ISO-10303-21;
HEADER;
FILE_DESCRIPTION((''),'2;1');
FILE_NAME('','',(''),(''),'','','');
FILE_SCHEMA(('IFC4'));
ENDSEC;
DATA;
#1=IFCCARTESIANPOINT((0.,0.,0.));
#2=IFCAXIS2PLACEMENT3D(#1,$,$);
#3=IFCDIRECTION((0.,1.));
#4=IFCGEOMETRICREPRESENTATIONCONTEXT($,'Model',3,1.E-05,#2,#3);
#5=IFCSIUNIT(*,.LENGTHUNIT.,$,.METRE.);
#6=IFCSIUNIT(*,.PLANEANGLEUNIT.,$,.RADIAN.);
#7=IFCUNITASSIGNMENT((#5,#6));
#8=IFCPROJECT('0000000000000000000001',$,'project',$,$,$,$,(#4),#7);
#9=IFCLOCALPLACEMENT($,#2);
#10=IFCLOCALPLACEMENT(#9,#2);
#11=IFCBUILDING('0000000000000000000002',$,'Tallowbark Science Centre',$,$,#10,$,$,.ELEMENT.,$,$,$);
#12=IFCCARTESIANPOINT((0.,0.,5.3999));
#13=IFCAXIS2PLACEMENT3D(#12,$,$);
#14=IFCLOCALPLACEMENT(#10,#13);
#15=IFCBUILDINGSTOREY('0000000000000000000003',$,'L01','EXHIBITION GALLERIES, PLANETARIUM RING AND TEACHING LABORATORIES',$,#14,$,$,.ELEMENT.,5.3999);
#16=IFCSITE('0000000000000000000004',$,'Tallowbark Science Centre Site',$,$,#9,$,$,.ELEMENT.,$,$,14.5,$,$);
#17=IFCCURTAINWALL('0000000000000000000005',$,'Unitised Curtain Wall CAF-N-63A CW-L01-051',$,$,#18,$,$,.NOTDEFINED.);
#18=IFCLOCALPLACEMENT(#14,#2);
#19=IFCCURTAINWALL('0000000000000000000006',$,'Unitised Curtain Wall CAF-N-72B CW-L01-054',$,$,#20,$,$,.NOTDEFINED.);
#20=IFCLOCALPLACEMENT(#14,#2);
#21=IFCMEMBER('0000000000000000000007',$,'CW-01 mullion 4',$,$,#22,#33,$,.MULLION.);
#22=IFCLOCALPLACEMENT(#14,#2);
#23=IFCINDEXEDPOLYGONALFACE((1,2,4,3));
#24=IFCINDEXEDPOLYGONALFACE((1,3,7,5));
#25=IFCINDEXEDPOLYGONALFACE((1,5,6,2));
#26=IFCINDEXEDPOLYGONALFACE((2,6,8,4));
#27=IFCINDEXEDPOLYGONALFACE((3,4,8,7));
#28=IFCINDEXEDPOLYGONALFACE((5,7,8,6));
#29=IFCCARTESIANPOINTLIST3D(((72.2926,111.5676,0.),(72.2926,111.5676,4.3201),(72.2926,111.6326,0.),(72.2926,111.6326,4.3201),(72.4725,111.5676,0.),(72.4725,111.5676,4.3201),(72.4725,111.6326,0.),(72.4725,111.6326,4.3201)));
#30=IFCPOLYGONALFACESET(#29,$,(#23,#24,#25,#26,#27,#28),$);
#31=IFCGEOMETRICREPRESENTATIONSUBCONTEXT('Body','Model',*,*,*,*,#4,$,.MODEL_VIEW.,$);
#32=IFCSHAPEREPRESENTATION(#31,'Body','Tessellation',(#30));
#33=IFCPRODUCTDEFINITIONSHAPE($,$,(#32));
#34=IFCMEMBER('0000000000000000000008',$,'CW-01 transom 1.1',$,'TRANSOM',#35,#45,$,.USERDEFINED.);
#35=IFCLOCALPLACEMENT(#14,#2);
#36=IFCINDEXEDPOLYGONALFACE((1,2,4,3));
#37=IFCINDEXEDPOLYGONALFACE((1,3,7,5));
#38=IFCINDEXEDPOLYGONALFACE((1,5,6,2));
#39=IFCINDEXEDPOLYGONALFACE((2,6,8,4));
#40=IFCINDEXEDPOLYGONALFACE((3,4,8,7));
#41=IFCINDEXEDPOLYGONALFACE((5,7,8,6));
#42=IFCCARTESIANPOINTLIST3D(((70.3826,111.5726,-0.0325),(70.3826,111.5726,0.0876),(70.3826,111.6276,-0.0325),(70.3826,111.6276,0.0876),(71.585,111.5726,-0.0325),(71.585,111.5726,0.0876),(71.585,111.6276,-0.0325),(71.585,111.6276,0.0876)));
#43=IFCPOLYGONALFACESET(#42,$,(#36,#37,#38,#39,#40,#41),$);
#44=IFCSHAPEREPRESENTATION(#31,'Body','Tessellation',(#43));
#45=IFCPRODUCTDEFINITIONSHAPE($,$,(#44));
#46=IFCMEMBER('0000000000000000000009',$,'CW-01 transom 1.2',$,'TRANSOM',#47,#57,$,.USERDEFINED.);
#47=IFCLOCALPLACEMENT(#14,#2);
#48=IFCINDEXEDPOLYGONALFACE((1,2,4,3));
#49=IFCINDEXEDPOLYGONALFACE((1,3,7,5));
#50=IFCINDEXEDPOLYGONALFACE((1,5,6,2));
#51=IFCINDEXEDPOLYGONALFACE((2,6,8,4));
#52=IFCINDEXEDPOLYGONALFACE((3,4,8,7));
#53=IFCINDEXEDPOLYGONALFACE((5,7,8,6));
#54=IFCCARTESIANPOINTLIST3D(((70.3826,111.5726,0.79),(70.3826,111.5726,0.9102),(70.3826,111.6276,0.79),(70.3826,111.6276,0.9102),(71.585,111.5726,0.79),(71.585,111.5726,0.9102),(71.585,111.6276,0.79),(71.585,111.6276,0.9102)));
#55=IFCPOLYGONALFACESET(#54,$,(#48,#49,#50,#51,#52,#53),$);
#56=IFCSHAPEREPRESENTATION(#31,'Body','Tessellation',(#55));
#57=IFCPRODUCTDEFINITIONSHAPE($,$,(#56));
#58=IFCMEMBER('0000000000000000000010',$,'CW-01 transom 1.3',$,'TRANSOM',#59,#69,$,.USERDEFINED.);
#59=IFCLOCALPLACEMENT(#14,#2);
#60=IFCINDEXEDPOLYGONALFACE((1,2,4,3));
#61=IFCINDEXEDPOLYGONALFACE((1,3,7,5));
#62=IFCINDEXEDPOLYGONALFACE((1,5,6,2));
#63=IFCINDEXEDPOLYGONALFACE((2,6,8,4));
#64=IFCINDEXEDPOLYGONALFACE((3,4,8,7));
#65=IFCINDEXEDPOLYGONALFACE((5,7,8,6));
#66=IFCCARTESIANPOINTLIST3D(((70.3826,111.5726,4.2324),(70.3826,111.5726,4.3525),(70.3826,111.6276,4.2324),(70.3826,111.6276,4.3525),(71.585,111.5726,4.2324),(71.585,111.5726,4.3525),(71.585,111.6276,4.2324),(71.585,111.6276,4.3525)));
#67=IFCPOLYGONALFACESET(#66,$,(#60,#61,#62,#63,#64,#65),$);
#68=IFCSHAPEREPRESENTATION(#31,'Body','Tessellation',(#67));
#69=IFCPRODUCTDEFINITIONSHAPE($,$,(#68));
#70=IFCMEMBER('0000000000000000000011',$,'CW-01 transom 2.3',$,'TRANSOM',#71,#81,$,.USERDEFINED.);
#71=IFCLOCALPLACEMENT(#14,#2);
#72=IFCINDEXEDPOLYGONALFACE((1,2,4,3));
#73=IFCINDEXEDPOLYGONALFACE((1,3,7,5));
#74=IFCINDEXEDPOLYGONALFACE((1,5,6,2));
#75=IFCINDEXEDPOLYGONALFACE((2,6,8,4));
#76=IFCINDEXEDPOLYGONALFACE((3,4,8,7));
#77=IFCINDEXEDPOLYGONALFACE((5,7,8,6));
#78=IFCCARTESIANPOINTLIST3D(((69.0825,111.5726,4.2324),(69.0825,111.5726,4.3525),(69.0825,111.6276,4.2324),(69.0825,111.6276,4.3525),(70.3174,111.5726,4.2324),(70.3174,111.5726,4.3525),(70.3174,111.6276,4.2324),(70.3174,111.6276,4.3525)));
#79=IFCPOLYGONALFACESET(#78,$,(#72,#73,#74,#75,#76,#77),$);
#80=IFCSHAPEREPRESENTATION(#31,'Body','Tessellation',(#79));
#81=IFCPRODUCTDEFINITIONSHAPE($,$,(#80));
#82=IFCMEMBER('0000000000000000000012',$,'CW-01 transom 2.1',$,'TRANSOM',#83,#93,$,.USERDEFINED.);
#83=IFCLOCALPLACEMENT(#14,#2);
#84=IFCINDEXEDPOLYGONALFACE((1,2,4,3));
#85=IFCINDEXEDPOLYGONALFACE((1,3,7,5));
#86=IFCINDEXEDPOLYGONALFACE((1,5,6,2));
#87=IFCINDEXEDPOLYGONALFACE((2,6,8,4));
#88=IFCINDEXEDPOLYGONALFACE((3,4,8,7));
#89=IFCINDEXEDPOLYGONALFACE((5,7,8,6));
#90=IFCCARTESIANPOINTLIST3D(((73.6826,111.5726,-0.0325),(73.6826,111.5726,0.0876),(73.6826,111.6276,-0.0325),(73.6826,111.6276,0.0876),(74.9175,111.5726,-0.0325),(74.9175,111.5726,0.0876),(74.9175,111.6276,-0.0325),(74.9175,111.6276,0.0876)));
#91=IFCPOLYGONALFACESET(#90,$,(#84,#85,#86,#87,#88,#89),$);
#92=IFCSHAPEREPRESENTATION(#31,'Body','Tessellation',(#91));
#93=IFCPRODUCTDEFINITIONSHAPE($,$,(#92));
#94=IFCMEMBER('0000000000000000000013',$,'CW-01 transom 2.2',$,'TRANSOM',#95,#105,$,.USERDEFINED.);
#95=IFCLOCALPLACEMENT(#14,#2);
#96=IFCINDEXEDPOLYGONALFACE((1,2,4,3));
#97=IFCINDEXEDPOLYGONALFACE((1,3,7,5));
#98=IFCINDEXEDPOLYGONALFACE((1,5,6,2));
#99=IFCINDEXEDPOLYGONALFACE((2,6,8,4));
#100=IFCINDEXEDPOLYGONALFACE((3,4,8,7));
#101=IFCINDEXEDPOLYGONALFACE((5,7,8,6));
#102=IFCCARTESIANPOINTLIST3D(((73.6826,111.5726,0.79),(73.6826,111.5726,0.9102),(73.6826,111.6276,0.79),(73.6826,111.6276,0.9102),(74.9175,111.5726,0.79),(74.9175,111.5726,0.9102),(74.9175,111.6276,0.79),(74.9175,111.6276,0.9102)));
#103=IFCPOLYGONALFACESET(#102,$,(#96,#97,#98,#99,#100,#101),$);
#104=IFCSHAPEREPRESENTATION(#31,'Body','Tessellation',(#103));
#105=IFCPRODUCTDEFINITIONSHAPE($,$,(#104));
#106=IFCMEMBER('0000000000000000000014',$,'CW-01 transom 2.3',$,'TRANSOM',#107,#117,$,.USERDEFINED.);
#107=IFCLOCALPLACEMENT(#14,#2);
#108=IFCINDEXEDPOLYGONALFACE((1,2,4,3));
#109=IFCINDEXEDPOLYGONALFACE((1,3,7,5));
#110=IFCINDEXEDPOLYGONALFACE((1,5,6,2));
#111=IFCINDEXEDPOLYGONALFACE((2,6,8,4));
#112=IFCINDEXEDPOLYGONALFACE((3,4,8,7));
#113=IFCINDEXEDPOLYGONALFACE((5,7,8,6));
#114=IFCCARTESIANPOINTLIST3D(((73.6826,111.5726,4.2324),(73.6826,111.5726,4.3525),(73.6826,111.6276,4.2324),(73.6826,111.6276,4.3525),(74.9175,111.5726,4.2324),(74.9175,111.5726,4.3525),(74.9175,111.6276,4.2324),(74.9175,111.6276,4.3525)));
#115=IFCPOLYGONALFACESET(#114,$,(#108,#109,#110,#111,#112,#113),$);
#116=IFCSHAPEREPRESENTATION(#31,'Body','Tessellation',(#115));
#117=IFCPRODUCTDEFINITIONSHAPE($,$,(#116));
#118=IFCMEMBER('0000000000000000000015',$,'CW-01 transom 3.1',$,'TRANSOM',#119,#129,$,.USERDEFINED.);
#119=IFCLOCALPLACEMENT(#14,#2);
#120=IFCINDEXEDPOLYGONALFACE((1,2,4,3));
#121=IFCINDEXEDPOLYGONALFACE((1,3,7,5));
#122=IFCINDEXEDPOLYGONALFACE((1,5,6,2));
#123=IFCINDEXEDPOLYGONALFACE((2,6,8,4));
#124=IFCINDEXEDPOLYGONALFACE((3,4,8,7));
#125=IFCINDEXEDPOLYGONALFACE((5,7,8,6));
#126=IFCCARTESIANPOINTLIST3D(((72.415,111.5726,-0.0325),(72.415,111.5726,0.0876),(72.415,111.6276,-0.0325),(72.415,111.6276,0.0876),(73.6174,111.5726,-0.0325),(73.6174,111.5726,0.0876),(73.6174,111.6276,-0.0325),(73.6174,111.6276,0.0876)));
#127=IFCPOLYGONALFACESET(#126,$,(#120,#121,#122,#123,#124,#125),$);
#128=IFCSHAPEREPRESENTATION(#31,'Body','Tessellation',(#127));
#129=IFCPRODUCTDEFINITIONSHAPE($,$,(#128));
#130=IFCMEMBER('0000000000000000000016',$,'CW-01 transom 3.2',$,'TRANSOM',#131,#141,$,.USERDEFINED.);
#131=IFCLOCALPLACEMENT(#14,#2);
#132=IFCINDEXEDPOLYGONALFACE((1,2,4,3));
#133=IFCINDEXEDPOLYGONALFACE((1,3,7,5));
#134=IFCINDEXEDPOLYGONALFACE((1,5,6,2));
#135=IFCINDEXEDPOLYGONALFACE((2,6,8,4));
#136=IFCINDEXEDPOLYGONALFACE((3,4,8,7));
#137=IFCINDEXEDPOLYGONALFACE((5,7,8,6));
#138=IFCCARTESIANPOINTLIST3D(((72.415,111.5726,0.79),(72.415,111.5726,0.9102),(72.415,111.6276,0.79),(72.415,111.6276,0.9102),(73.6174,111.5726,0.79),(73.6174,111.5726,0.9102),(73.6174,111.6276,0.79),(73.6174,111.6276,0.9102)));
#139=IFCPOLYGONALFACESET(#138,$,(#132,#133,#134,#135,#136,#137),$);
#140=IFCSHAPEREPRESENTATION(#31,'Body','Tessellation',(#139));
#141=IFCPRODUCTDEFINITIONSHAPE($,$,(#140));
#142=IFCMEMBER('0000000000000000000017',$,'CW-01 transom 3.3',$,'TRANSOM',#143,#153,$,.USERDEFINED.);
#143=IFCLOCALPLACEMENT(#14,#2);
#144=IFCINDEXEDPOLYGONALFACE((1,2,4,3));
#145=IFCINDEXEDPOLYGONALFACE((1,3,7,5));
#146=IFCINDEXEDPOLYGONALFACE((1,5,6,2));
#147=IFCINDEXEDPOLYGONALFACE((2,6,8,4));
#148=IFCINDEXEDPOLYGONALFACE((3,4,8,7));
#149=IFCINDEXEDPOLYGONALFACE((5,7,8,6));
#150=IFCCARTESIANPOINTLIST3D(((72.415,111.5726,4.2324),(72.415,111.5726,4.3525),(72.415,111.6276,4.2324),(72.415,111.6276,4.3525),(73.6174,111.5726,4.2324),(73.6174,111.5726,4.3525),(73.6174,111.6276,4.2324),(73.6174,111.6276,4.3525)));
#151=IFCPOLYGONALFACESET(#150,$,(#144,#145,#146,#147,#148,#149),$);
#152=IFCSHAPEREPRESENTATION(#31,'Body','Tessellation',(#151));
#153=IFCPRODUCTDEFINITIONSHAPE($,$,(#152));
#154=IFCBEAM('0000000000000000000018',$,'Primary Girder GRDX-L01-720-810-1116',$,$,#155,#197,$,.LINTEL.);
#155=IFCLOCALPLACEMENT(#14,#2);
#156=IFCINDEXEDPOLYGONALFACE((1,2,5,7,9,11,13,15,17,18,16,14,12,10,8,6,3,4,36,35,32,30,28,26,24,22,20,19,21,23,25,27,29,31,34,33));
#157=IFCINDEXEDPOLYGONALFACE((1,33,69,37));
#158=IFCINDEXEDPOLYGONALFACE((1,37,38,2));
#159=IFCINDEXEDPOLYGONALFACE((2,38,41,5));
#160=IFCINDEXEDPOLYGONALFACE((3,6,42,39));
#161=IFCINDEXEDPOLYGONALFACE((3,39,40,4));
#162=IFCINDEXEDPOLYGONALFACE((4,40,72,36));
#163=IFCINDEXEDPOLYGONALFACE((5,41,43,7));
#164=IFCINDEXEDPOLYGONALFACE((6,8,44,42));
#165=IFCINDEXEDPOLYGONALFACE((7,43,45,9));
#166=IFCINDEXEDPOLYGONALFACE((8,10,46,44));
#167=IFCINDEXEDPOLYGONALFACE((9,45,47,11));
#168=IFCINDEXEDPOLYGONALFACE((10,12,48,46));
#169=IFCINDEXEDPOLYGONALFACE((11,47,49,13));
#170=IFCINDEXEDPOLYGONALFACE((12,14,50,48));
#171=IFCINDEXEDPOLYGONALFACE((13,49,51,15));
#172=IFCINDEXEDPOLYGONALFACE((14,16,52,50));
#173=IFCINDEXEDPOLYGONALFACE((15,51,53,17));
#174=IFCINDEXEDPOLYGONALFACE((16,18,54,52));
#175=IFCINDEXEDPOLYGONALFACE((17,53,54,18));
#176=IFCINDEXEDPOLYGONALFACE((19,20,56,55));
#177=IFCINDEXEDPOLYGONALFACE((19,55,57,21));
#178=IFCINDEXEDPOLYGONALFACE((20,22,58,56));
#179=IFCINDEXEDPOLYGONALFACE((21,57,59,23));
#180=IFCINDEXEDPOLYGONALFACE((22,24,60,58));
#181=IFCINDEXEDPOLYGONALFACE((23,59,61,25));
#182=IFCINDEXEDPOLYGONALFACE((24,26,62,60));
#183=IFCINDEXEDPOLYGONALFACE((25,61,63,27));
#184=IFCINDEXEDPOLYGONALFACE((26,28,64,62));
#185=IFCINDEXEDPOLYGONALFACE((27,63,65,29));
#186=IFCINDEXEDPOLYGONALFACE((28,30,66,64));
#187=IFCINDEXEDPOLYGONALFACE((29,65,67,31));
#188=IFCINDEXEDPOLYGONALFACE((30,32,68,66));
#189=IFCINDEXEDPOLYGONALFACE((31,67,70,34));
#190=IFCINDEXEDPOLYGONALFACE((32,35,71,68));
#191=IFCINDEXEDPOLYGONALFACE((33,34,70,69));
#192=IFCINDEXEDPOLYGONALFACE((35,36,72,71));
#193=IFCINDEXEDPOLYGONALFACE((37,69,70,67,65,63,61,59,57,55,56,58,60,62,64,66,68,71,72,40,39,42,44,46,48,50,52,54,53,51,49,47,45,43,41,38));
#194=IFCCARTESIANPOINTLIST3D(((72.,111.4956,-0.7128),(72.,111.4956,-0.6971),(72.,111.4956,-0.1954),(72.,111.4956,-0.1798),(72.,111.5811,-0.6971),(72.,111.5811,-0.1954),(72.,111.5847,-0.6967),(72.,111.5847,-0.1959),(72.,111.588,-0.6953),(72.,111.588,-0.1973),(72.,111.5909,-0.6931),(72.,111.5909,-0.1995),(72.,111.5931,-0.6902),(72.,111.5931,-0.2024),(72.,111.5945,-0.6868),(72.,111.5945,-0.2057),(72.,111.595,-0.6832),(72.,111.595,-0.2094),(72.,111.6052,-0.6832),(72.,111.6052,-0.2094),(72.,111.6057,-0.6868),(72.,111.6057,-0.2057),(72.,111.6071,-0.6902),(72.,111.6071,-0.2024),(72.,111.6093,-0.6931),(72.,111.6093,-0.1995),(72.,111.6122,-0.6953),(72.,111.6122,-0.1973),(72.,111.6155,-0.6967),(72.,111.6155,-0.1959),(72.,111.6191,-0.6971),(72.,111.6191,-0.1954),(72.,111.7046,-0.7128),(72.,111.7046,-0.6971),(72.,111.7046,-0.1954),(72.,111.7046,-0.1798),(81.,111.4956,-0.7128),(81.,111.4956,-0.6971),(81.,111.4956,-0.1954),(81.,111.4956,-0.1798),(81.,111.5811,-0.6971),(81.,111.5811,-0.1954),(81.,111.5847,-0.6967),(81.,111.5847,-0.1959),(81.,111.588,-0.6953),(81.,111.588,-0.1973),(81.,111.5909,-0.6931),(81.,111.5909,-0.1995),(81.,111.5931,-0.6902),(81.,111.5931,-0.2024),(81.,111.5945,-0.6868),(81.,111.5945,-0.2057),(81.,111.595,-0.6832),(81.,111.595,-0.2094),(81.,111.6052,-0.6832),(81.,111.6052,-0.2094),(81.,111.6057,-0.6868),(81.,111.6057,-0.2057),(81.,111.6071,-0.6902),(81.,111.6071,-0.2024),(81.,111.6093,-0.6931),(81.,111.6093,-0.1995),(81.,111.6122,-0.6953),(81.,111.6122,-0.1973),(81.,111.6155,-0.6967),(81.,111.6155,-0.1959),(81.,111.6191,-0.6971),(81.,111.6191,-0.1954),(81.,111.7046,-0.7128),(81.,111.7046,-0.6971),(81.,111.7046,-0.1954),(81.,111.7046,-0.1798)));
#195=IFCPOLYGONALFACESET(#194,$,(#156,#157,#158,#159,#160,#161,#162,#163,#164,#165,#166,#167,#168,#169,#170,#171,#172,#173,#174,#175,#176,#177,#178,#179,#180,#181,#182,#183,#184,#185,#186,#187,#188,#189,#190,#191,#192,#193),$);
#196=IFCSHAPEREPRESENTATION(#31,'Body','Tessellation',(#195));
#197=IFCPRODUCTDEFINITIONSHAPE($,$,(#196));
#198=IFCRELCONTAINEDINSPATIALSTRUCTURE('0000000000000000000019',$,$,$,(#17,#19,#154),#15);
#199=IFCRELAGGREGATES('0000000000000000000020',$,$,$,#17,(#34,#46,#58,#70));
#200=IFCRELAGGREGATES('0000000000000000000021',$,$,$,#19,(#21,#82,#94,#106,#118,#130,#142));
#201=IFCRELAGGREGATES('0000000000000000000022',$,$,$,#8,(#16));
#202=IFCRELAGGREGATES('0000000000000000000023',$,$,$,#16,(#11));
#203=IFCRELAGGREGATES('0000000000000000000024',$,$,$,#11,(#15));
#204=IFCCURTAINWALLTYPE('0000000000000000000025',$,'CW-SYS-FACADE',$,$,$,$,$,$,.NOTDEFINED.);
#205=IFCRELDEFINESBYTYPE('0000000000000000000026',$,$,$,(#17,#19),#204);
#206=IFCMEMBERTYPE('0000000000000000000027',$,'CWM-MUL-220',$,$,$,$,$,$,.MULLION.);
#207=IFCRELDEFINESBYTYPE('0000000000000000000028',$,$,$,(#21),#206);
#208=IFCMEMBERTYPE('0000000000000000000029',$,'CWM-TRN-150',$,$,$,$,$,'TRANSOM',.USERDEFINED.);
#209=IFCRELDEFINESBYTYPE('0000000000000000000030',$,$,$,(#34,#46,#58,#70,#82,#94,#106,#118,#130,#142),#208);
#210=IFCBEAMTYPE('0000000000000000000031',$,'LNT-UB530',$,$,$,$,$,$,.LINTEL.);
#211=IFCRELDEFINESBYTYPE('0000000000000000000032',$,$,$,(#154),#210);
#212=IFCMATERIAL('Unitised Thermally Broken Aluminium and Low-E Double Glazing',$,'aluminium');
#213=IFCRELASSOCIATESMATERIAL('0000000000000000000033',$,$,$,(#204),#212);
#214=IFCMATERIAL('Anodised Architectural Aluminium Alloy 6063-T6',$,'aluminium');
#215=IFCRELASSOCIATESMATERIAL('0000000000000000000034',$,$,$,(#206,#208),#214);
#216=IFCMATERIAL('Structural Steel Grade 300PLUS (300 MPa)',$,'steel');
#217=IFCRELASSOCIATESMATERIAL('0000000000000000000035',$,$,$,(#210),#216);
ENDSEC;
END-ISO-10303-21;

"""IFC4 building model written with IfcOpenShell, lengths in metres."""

from ifc_helpers import new_model, si_unit, direction, frame, origin, origin_2d, place, context, subcontext, project, spatial, rectangle, i_section, extrude, material, material_profile, profile_set, type_object, element, aggregate, save


model = new_model("IFC4")

# Units and contexts
model_context = context("Model", 3, precision=1e-05, world=origin(), true_north=direction((0.0, 1.0)))
body_context = subcontext(model_context, "Body", "Model", "MODEL_VIEW")
ifc_project = project(units=[si_unit("LENGTHUNIT", "METRE"), si_unit("PLANEANGLEUNIT", "RADIAN")], contexts=[model_context])

# Site, building, storey
site_placement = place(None, origin())
site = spatial("IfcSite", under=ifc_project, at=site_placement, Name="Tallowbark Science Centre Site", CompositionType="ELEMENT", RefElevation=14.5)
building_placement = place(site_placement, origin())
building = spatial("IfcBuilding", under=site, at=building_placement, Name="Tallowbark Science Centre", CompositionType="ELEMENT")
storey_placement = place(building_placement, frame((0.0, 0.0, 5.3999)))
storey = spatial("IfcBuildingStorey", under=building, at=storey_placement, Name="L01", Description="EXHIBITION GALLERIES, PLANETARIUM RING AND TEACHING LABORATORIES", CompositionType="ELEMENT", Elevation=5.3999)

# Shared definitions
ifc_material_1 = material(Name="Structural Steel Grade 300PLUS (300 MPa)", Category="steel")

# Curtain walls, member
ifc_material_2 = material(Name="Unitised Thermally Broken Aluminium and Low-E Double Glazing", Category="aluminium")
curtain_wall_type = type_object("IfcCurtainWallType", Name="CW-SYS-FACADE", PredefinedType="NOTDEFINED", material=ifc_material_2)
curtain_wall_1_placement = place(storey_placement, origin())
curtain_wall_1 = element("IfcCurtainWall", 1, at=curtain_wall_1_placement, inside=storey, type_object=curtain_wall_type, Name="Unitised Curtain Wall CAF-N-63A CW-L01-051", PredefinedType="NOTDEFINED")
ifc_material_3 = material(Name="Anodised Architectural Aluminium Alloy 6063-T6", Category="aluminium")
ifc_material_profile_1 = material_profile(ifc_material_3, rectangle(XDim=0.0649, YDim=0.1799, at=origin_2d()), Name="ALU65x180")
ifc_profile_set_1 = profile_set([ifc_material_profile_1], Name="Anodised Architectural Aluminium Alloy 6063-T6")
member_type_1 = type_object("IfcMemberType", Name="CWM-MUL-220", PredefinedType="MULLION", material=ifc_profile_set_1)
curtain_wall_2_placement = place(storey_placement, origin())
curtain_wall_2 = element("IfcCurtainWall", 2, at=curtain_wall_2_placement, inside=storey, type_object=curtain_wall_type, Name="Unitised Curtain Wall CAF-N-72B CW-L01-054", PredefinedType="NOTDEFINED")
member_1_placement = place(storey_placement, frame((72.3826, 111.6001, 0.0), z_axis=(0.0, 0.0, 1.0), x_axis=(0.0, -1.0, 0.0)))
member_1 = element("IfcMember", 3, at=member_1_placement, type_object=member_type_1, Name="CW-01 mullion 4", PredefinedType="MULLION", context=body_context, shape_type="SweptSolid", body=[
    extrude(rectangle(XDim=0.0649, YDim=0.1799, at=origin_2d()), origin(), (0.0, 0.0, 1.0), 4.3201),
])

# Members
ifc_material_profile_2 = material_profile(ifc_material_3, rectangle(XDim=0.0549, YDim=0.1201, at=origin_2d()), Name="ALU55x120")
ifc_profile_set_2 = profile_set([ifc_material_profile_2], Name="Anodised Architectural Aluminium Alloy 6063-T6")
member_type_2 = type_object("IfcMemberType", Name="CWM-TRN-150", ElementType="TRANSOM", PredefinedType="USERDEFINED", material=ifc_profile_set_2)
member_2_placement = place(storey_placement, frame((71.585, 111.6001, 0.0276), z_axis=(-1.0, 0.0, 0.0), x_axis=(0.0, -1.0, 0.0)))
member_2 = element("IfcMember", 4, at=member_2_placement, type_object=member_type_2, Name="CW-01 transom 1.1", ObjectType="TRANSOM", PredefinedType="USERDEFINED", context=body_context, shape_type="SweptSolid", body=[
    extrude(rectangle(XDim=0.0549, YDim=0.1201, at=origin_2d()), origin(), (0.0, 0.0, 1.0), 1.2024),
])
member_3_placement = place(storey_placement, frame((71.585, 111.6001, 0.8501), z_axis=(-1.0, 0.0, 0.0), x_axis=(0.0, -1.0, 0.0)))
member_3 = element("IfcMember", 5, at=member_3_placement, type_object=member_type_2, Name="CW-01 transom 1.2", ObjectType="TRANSOM", PredefinedType="USERDEFINED", context=body_context, shape_type="SweptSolid", body=[
    extrude(rectangle(XDim=0.0549, YDim=0.1201, at=origin_2d()), origin(), (0.0, 0.0, 1.0), 1.2024),
])
member_4_placement = place(storey_placement, frame((71.585, 111.6001, 4.2925), z_axis=(-1.0, 0.0, 0.0), x_axis=(0.0, -1.0, 0.0)))
member_4 = element("IfcMember", 6, at=member_4_placement, type_object=member_type_2, Name="CW-01 transom 1.3", ObjectType="TRANSOM", PredefinedType="USERDEFINED", context=body_context, shape_type="SweptSolid", body=[
    extrude(rectangle(XDim=0.0549, YDim=0.1201, at=origin_2d()), origin(), (0.0, 0.0, 1.0), 1.2024),
])
member_5_placement = place(storey_placement, frame((70.3174, 111.6001, 4.2925), z_axis=(-1.0, 0.0, 0.0), x_axis=(0.0, -1.0, 0.0)))
member_5 = element("IfcMember", 7, at=member_5_placement, type_object=member_type_2, Name="CW-01 transom 2.3", ObjectType="TRANSOM", PredefinedType="USERDEFINED", context=body_context, shape_type="SweptSolid", body=[
    extrude(rectangle(XDim=0.0549, YDim=0.1201, at=origin_2d()), origin(), (0.0, 0.0, 1.0), 1.2349),
])
member_6_placement = place(storey_placement, frame((74.9175, 111.6001, 0.0276), z_axis=(-1.0, 0.0, 0.0), x_axis=(0.0, -1.0, 0.0)))
member_6 = element("IfcMember", 8, at=member_6_placement, type_object=member_type_2, Name="CW-01 transom 2.1", ObjectType="TRANSOM", PredefinedType="USERDEFINED", context=body_context, shape_type="SweptSolid", body=[
    extrude(rectangle(XDim=0.0549, YDim=0.1201, at=origin_2d()), origin(), (0.0, 0.0, 1.0), 1.2349),
])
member_7_placement = place(storey_placement, frame((74.9175, 111.6001, 0.8501), z_axis=(-1.0, 0.0, 0.0), x_axis=(0.0, -1.0, 0.0)))
member_7 = element("IfcMember", 9, at=member_7_placement, type_object=member_type_2, Name="CW-01 transom 2.2", ObjectType="TRANSOM", PredefinedType="USERDEFINED", context=body_context, shape_type="SweptSolid", body=[
    extrude(rectangle(XDim=0.0549, YDim=0.1201, at=origin_2d()), origin(), (0.0, 0.0, 1.0), 1.2349),
])
member_8_placement = place(storey_placement, frame((74.9175, 111.6001, 4.2925), z_axis=(-1.0, 0.0, 0.0), x_axis=(0.0, -1.0, 0.0)))
member_8 = element("IfcMember", 10, at=member_8_placement, type_object=member_type_2, Name="CW-01 transom 2.3", ObjectType="TRANSOM", PredefinedType="USERDEFINED", context=body_context, shape_type="SweptSolid", body=[
    extrude(rectangle(XDim=0.0549, YDim=0.1201, at=origin_2d()), origin(), (0.0, 0.0, 1.0), 1.2349),
])
member_9_placement = place(storey_placement, frame((73.6174, 111.6001, 0.0276), z_axis=(-1.0, 0.0, 0.0), x_axis=(0.0, -1.0, 0.0)))
member_9 = element("IfcMember", 11, at=member_9_placement, type_object=member_type_2, Name="CW-01 transom 3.1", ObjectType="TRANSOM", PredefinedType="USERDEFINED", context=body_context, shape_type="SweptSolid", body=[
    extrude(rectangle(XDim=0.0549, YDim=0.1201, at=origin_2d()), origin(), (0.0, 0.0, 1.0), 1.2024),
])
member_10_placement = place(storey_placement, frame((73.6174, 111.6001, 0.8501), z_axis=(-1.0, 0.0, 0.0), x_axis=(0.0, -1.0, 0.0)))
member_10 = element("IfcMember", 12, at=member_10_placement, type_object=member_type_2, Name="CW-01 transom 3.2", ObjectType="TRANSOM", PredefinedType="USERDEFINED", context=body_context, shape_type="SweptSolid", body=[
    extrude(rectangle(XDim=0.0549, YDim=0.1201, at=origin_2d()), origin(), (0.0, 0.0, 1.0), 1.2024),
])
member_11_placement = place(storey_placement, frame((73.6174, 111.6001, 4.2925), z_axis=(-1.0, 0.0, 0.0), x_axis=(0.0, -1.0, 0.0)))
member_11 = element("IfcMember", 13, at=member_11_placement, type_object=member_type_2, Name="CW-01 transom 3.3", ObjectType="TRANSOM", PredefinedType="USERDEFINED", context=body_context, shape_type="SweptSolid", body=[
    extrude(rectangle(XDim=0.0549, YDim=0.1201, at=origin_2d()), origin(), (0.0, 0.0, 1.0), 1.2024),
])

# Beam
ifc_material_profile_3 = material_profile(ifc_material_1, i_section(OverallWidth=0.209, OverallDepth=0.533, WebThickness=0.0103, FlangeThickness=0.0156, FilletRadius=0.0139, at=origin_2d()), Name="530UB92.4")
ifc_profile_set_3 = profile_set([ifc_material_profile_3], Name="Structural Steel Grade 300PLUS (300 MPa)")
beam_type_1 = type_object("IfcBeamType", Name="LNT-UB530", PredefinedType="LINTEL", material=ifc_profile_set_3)
beam_1_placement = place(storey_placement, frame((72.0, 111.6001, -0.4463), z_axis=(1.0, 0.0, 0.0), x_axis=(0.0, 1.0, 0.0)))
element("IfcBeam", 14, at=beam_1_placement, inside=storey, type_object=beam_type_1, Name="Primary Girder GRDX-L01-720-810-1116", PredefinedType="LINTEL", context=body_context, shape_type="SweptSolid", body=[
    extrude(i_section(OverallWidth=0.209, OverallDepth=0.533, WebThickness=0.0103, FlangeThickness=0.0156, FilletRadius=0.0139, at=origin_2d()), origin(), (0.0, 0.0, 1.0), 9.0),
])

aggregate(curtain_wall_1, [member_2, member_3, member_4, member_5])
aggregate(curtain_wall_2, [member_1, member_6, member_7, member_8, member_9, member_10, member_11])

save(model, "model.ifc")
